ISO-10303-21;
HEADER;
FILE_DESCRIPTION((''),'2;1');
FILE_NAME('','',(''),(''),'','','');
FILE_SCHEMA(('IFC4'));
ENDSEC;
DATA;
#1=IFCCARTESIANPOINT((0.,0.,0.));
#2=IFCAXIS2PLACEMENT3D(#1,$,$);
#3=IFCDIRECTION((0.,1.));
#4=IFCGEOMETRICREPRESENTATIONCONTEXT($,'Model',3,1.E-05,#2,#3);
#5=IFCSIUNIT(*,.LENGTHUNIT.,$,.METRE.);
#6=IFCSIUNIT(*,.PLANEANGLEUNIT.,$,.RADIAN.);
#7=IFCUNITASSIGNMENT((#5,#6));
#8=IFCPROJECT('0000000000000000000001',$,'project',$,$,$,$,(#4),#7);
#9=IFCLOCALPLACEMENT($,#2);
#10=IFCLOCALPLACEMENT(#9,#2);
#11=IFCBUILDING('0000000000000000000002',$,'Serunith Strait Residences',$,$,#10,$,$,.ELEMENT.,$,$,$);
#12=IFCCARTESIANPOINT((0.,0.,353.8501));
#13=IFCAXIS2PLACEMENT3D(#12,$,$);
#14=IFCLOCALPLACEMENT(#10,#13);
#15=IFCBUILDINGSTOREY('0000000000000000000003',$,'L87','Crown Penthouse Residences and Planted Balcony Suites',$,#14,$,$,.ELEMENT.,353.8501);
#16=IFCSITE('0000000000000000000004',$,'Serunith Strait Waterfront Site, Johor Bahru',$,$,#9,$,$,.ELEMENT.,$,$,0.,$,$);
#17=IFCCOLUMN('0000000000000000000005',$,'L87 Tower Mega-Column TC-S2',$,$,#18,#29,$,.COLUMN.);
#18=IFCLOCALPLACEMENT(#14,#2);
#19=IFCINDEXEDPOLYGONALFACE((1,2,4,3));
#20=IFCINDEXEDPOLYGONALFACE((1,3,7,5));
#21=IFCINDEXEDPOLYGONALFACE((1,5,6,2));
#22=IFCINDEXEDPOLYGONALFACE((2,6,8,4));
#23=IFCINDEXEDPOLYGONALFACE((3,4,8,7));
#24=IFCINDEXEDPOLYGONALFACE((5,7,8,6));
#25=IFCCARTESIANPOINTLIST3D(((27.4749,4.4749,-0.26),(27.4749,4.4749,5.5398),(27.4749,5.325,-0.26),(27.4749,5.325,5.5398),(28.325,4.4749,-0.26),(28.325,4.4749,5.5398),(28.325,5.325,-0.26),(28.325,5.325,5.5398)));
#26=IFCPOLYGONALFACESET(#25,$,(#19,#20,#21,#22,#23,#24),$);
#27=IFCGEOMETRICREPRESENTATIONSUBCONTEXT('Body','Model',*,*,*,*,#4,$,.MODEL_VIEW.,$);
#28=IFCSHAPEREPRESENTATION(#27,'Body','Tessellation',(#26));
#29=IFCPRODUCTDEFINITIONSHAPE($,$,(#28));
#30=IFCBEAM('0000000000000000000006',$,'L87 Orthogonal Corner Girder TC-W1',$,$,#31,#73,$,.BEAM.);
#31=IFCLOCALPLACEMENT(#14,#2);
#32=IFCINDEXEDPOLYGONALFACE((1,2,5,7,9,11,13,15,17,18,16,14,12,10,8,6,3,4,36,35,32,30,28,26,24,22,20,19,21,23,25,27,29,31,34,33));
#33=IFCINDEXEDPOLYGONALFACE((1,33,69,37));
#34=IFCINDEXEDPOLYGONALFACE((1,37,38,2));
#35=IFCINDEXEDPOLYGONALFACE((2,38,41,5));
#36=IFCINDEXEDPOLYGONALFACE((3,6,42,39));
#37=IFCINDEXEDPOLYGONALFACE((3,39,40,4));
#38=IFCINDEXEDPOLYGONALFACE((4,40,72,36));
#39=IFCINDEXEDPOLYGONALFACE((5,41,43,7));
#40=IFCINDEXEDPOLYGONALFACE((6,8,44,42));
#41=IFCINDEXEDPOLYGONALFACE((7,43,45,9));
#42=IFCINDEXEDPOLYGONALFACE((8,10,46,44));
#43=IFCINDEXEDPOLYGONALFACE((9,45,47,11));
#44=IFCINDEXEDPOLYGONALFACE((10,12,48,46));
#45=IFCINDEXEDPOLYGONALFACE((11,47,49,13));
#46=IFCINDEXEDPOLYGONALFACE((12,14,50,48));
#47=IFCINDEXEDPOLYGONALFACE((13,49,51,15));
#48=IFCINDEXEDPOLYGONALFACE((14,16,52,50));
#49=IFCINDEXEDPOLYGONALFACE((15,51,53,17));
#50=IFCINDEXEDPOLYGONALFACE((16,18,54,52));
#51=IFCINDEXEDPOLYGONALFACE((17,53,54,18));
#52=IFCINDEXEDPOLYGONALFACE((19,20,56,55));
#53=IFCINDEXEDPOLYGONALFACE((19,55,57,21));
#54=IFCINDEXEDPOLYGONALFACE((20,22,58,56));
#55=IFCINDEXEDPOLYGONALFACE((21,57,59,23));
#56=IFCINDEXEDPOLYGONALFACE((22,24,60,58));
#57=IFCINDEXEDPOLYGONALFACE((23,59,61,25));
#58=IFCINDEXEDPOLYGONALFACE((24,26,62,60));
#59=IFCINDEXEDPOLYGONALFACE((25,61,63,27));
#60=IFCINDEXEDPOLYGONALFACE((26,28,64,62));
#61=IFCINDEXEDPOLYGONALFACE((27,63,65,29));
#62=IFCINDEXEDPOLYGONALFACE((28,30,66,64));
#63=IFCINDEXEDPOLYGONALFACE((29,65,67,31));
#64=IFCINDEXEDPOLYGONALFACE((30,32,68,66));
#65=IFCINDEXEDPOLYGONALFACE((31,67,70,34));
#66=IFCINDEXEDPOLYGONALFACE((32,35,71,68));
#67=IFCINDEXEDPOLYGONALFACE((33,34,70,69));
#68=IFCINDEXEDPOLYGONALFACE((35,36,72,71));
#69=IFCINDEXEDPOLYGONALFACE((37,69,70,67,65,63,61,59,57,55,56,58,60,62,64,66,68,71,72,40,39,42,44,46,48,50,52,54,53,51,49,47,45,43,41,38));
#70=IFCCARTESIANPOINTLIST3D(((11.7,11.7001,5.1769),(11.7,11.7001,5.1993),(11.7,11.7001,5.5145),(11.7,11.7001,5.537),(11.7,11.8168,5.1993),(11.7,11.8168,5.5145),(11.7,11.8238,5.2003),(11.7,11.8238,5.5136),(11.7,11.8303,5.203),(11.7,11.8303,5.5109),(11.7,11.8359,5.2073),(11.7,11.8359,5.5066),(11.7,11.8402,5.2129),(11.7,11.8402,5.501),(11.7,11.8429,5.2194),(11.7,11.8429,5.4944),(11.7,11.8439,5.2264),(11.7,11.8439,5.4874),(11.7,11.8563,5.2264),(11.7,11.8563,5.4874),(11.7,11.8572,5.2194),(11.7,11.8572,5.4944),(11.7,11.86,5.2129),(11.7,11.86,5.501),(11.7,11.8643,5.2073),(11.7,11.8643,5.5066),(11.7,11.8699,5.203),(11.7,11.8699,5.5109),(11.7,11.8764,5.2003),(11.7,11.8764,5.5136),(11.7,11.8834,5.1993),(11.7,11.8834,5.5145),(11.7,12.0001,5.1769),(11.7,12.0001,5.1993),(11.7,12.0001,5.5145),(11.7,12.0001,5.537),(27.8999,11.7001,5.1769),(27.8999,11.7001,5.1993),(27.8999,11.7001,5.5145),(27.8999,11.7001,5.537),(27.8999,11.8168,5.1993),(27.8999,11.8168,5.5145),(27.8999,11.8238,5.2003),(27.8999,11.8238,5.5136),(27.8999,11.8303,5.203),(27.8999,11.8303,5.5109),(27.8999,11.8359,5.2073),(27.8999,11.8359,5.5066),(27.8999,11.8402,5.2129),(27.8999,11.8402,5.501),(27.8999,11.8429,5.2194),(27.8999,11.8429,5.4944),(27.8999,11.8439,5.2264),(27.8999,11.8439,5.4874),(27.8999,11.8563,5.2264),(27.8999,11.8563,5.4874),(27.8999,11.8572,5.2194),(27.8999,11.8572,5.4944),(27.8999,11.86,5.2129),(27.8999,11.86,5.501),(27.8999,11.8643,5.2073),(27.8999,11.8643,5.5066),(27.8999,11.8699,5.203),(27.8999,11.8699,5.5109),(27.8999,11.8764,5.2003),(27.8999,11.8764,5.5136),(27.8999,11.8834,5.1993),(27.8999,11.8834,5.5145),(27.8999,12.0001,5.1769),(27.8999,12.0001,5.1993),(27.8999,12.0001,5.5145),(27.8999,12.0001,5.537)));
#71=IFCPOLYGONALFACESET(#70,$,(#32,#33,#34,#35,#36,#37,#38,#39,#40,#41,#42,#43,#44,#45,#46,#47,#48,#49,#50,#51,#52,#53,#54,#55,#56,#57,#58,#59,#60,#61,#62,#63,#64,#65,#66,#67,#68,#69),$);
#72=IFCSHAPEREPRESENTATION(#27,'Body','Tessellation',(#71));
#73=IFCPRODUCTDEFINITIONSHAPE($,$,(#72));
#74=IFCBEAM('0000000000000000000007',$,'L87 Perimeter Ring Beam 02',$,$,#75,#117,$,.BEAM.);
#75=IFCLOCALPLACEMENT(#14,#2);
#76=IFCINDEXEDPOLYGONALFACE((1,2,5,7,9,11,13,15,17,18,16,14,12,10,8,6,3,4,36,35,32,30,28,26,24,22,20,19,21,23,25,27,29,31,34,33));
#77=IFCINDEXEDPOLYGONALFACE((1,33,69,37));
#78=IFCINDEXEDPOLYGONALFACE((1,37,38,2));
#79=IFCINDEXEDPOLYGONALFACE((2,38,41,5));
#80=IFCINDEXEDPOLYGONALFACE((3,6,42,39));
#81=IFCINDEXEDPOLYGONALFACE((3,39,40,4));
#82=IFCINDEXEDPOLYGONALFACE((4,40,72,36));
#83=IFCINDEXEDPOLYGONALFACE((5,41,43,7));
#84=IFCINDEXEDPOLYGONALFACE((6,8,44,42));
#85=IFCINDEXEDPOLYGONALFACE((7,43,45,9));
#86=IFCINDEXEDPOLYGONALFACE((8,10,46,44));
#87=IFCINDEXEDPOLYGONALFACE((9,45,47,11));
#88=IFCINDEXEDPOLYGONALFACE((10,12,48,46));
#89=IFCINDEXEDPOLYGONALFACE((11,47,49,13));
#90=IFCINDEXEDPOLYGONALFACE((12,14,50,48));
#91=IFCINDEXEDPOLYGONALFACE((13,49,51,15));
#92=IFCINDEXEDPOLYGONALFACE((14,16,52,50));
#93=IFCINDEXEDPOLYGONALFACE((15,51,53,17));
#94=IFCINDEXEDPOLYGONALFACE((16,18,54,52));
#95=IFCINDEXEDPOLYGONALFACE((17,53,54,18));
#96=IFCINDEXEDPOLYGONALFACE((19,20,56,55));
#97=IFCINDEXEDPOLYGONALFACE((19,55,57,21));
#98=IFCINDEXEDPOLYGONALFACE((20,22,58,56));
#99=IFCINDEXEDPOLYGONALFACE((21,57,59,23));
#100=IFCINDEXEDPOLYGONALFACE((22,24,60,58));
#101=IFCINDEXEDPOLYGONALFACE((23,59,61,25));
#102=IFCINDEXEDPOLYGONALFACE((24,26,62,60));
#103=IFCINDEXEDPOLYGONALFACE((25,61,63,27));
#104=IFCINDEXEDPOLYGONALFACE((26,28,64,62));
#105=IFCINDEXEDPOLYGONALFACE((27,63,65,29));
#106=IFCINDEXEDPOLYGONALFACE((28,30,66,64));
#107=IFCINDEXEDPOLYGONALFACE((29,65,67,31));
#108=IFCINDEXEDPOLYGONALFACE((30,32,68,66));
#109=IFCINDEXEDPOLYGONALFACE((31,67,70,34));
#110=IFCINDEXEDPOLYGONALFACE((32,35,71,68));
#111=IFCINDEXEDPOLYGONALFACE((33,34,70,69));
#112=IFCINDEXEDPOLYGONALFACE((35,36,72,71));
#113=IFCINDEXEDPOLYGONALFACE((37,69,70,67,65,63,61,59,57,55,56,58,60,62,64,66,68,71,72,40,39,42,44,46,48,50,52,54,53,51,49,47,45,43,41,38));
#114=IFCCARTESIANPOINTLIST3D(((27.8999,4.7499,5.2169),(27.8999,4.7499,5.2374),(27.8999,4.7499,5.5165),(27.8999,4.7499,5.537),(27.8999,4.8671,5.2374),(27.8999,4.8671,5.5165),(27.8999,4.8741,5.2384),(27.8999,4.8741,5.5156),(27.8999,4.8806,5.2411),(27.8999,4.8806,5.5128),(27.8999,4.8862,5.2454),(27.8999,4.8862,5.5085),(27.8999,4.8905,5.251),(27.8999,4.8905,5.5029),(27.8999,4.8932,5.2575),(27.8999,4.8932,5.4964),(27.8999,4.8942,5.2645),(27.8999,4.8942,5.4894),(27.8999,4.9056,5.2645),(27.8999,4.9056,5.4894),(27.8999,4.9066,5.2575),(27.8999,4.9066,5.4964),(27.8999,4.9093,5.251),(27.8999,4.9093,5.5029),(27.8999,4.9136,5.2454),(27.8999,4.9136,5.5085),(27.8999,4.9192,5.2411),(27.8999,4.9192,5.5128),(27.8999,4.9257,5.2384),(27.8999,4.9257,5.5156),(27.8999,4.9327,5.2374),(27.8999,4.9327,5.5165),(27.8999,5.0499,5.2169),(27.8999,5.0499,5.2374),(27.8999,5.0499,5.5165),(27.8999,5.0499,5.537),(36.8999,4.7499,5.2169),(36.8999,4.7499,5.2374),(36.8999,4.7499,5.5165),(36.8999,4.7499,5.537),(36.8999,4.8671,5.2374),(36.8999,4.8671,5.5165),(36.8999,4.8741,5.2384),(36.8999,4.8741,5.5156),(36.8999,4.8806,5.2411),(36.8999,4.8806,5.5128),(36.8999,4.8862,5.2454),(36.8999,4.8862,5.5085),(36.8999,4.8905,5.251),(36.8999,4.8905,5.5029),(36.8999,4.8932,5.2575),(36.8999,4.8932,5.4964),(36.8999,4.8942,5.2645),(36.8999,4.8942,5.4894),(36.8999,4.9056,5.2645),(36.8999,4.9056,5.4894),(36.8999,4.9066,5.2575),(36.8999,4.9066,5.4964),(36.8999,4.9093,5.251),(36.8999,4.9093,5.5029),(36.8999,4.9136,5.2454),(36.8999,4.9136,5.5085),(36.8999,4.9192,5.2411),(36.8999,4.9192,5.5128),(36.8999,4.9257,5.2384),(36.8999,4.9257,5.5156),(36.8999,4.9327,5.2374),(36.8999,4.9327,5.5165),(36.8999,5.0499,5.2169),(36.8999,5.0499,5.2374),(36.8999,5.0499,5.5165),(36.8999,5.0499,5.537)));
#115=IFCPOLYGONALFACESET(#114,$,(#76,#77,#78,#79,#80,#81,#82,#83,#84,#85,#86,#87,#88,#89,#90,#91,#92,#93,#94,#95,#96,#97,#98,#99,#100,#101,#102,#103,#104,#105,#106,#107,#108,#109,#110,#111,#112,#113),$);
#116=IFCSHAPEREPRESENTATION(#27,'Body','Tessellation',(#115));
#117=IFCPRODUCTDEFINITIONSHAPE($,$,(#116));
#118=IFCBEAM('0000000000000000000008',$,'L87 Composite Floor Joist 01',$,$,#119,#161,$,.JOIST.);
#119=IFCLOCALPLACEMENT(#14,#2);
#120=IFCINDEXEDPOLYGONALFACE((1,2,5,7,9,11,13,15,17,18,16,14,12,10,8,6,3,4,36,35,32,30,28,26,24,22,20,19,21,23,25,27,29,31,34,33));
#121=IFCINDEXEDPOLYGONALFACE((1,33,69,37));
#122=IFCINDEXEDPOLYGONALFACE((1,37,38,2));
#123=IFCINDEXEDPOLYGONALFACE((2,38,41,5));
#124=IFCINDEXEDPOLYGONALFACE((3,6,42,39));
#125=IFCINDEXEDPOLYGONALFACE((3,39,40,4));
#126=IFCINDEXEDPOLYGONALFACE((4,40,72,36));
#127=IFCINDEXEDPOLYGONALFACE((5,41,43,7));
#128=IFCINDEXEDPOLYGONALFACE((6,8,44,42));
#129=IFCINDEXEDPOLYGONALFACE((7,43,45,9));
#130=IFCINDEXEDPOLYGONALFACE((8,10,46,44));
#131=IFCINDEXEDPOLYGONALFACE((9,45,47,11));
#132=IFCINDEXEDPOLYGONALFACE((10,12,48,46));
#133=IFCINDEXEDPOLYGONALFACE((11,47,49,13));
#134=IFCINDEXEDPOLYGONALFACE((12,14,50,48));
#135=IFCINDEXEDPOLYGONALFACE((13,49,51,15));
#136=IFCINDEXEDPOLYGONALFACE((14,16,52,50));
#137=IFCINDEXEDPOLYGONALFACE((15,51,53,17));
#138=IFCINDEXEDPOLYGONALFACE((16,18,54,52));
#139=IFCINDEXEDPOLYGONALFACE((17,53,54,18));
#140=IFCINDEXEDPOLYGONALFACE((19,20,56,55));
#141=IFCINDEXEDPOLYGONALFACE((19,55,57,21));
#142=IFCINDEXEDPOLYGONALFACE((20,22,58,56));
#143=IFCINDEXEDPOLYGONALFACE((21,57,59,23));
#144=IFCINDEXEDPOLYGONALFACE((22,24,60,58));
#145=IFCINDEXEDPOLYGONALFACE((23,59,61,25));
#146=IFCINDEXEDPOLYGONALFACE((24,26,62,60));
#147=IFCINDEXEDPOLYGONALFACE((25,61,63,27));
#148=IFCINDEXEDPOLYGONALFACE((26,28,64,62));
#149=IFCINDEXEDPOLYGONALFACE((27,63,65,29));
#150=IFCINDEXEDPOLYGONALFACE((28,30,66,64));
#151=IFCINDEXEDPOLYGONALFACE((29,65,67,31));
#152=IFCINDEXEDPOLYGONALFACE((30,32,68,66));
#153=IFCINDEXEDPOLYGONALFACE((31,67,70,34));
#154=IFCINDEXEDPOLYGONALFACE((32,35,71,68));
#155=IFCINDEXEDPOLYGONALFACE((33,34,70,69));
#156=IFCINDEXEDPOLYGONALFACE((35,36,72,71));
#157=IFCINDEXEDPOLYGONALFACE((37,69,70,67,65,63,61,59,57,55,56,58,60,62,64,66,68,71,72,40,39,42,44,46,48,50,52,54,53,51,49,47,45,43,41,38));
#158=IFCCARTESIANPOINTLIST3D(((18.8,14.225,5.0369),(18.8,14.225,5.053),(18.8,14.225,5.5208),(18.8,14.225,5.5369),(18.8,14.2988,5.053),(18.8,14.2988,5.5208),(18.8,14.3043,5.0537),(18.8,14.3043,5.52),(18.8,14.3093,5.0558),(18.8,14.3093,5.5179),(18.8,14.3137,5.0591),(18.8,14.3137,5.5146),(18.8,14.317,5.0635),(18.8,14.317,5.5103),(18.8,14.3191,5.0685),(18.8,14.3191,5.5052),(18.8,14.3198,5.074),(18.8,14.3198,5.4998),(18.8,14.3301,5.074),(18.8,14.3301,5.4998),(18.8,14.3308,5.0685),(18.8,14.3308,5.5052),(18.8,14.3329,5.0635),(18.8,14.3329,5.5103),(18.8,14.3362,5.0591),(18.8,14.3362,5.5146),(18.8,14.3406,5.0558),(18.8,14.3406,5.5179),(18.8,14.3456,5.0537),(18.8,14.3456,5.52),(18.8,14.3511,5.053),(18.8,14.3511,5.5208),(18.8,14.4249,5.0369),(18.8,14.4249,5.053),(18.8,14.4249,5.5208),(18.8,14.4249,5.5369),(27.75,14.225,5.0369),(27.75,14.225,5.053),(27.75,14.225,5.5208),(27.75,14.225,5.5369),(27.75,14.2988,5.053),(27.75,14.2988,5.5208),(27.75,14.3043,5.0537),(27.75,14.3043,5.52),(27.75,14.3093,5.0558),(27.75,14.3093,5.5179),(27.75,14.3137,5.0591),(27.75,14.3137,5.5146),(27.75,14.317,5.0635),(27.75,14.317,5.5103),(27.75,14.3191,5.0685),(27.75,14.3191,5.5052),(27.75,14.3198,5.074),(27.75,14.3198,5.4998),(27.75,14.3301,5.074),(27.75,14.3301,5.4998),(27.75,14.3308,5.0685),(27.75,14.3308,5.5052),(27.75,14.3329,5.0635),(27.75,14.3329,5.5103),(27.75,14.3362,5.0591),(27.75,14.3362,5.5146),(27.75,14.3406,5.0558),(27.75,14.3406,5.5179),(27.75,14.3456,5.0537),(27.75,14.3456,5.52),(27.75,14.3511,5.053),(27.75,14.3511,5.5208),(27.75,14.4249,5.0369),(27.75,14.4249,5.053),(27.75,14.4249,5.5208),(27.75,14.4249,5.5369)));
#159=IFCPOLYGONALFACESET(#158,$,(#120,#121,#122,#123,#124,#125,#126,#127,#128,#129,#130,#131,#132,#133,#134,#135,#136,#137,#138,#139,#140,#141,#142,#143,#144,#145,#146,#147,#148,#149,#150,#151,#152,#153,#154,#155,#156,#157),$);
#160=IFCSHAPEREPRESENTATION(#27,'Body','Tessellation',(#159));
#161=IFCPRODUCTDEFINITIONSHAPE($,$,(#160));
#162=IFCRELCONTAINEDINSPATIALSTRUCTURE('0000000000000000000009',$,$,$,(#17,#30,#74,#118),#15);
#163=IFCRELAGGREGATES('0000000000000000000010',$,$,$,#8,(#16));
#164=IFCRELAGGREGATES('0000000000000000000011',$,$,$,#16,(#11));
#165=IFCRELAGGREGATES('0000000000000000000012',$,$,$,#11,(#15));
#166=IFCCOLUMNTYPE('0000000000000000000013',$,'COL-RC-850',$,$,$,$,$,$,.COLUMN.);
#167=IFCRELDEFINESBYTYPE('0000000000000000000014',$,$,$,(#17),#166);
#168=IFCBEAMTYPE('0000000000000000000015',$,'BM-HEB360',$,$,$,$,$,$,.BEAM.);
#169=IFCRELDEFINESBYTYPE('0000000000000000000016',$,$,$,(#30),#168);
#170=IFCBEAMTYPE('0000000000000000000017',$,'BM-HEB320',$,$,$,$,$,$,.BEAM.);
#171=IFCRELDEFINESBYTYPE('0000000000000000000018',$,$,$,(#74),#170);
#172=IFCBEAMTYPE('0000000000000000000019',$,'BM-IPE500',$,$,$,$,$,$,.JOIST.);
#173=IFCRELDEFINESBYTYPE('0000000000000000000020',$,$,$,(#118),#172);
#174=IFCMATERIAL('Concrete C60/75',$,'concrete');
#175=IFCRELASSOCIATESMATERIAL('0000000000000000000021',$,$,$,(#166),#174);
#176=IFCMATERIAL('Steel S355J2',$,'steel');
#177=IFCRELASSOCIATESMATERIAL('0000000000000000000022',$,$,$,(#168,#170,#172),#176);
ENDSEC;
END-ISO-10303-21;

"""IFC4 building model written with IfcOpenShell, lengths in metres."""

from ifc_helpers import new_model, si_unit, direction, frame, origin, origin_2d, place, context, subcontext, project, spatial, rectangle, i_section, extrude, source, transform, mapped, material, material_profile, profile_set, type_object, element, save


model = new_model("IFC4")

# Units and contexts
model_context = context("Model", 3, precision=1e-05, world=origin(), true_north=direction((0.0, 1.0)))
body_context = subcontext(model_context, "Body", "Model", "MODEL_VIEW")
ifc_project = project(units=[si_unit("LENGTHUNIT", "METRE"), si_unit("PLANEANGLEUNIT", "RADIAN")], contexts=[model_context])

# Site, building, storey
site_placement = place(None, origin())
site = spatial("IfcSite", under=ifc_project, at=site_placement, Name="Serunith Strait Waterfront Site, Johor Bahru", CompositionType="ELEMENT", RefElevation=0.0)
building_placement = place(site_placement, origin())
building = spatial("IfcBuilding", under=site, at=building_placement, Name="Serunith Strait Residences", CompositionType="ELEMENT")
storey_placement = place(building_placement, frame((0.0, 0.0, 353.8501)))
storey = spatial("IfcBuildingStorey", under=building, at=storey_placement, Name="L87", Description="Crown Penthouse Residences and Planted Balcony Suites", CompositionType="ELEMENT", Elevation=353.8501)

# Column
ifc_material_1 = material(Name="Concrete C60/75", Category="concrete")
ifc_material_profile_1 = material_profile(ifc_material_1, rectangle(XDim=0.8501, YDim=0.8501, at=origin_2d()), Name="RC 850x850")
ifc_profile_set_1 = profile_set([ifc_material_profile_1], Name="Concrete C60/75")
column_type = type_object("IfcColumnType", Name="COL-RC-850", PredefinedType="COLUMN", material=ifc_profile_set_1)
shared_shape_1 = source(origin(), body_context, "Body", "SweptSolid", [
    extrude(rectangle(XDim=0.8501, YDim=0.8501, at=origin_2d()), origin(), (0.0, 0.0, 1.0), 5.7998),
])
column_placement = place(storey_placement, frame((27.8999, 4.8999, -0.26), z_axis=(0.0, 0.0, 1.0), x_axis=(1.0, 0.0, 0.0)))
element("IfcColumn", 1, at=column_placement, inside=storey, type_object=column_type, Name="L87 Tower Mega-Column TC-S2", PredefinedType="COLUMN", context=body_context, shape_type="MappedRepresentation", body=[
    mapped(shared_shape_1, transform((0.0, 0.0, 0.0), scale=1.0)),
])

# Beams
ifc_material_2 = material(Name="Steel S355J2", Category="steel")
ifc_material_profile_2 = material_profile(ifc_material_2, i_section(OverallWidth=0.3, OverallDepth=0.3601, WebThickness=0.0125, FlangeThickness=0.0225, FilletRadius=0.0271, at=origin_2d()), Name="HEB 360")
ifc_profile_set_2 = profile_set([ifc_material_profile_2], Name="Steel S355J2")
beam_type_1 = type_object("IfcBeamType", Name="BM-HEB360", PredefinedType="BEAM", material=ifc_profile_set_2)
shared_shape_2 = source(origin(), body_context, "Body", "SweptSolid", [
    extrude(i_section(OverallWidth=0.3, OverallDepth=0.3601, WebThickness=0.0125, FlangeThickness=0.0225, FilletRadius=0.0271, at=origin_2d()), origin(), (0.0, 0.0, 1.0), 16.2),
])
beam_1_placement = place(storey_placement, frame((27.8999, 11.8501, 5.3569), z_axis=(-1.0, 0.0, 0.0), x_axis=(0.0, -1.0, 0.0)))
element("IfcBeam", 2, at=beam_1_placement, inside=storey, type_object=beam_type_1, Name="L87 Orthogonal Corner Girder TC-W1", PredefinedType="BEAM", context=body_context, shape_type="MappedRepresentation", body=[
    mapped(shared_shape_2, transform((0.0, 0.0, 0.0), scale=1.0)),
])
ifc_material_profile_3 = material_profile(ifc_material_2, i_section(OverallWidth=0.3, OverallDepth=0.3201, WebThickness=0.0115, FlangeThickness=0.0205, FilletRadius=0.0271, at=origin_2d()), Name="HEB 320")
ifc_profile_set_3 = profile_set([ifc_material_profile_3], Name="Steel S355J2")
beam_type_2 = type_object("IfcBeamType", Name="BM-HEB320", PredefinedType="BEAM", material=ifc_profile_set_3)
shared_shape_3 = source(origin(), body_context, "Body", "SweptSolid", [
    extrude(i_section(OverallWidth=0.3, OverallDepth=0.3201, WebThickness=0.0115, FlangeThickness=0.0205, FilletRadius=0.0271, at=origin_2d()), origin(), (0.0, 0.0, 1.0), 9.0),
])
beam_2_placement = place(storey_placement, frame((27.8999, 4.8999, 5.377), z_axis=(1.0, 0.0, 0.0), x_axis=(0.0, 1.0, 0.0)))
element("IfcBeam", 3, at=beam_2_placement, inside=storey, type_object=beam_type_2, Name="L87 Perimeter Ring Beam 02", PredefinedType="BEAM", context=body_context, shape_type="MappedRepresentation", body=[
    mapped(shared_shape_3, transform((0.0, 0.0, 0.0), scale=1.0)),
])
ifc_material_profile_4 = material_profile(ifc_material_2, i_section(OverallWidth=0.2, OverallDepth=0.5, WebThickness=0.0103, FlangeThickness=0.0161, FilletRadius=0.021, at=origin_2d()), Name="IPE 500")
ifc_profile_set_4 = profile_set([ifc_material_profile_4], Name="Steel S355J2")
beam_type_3 = type_object("IfcBeamType", Name="BM-IPE500", PredefinedType="JOIST", material=ifc_profile_set_4)
shared_shape_4 = source(origin(), body_context, "Body", "SweptSolid", [
    extrude(i_section(OverallWidth=0.2, OverallDepth=0.5, WebThickness=0.0103, FlangeThickness=0.0161, FilletRadius=0.021, at=origin_2d()), origin(), (0.0, 0.0, 1.0), 8.95),
])
beam_3_placement = place(storey_placement, frame((18.8, 14.325, 5.2869), z_axis=(1.0, 0.0, 0.0), x_axis=(0.0, 1.0, 0.0)))
element("IfcBeam", 4, at=beam_3_placement, inside=storey, type_object=beam_type_3, Name="L87 Composite Floor Joist 01", PredefinedType="JOIST", context=body_context, shape_type="MappedRepresentation", body=[
    mapped(shared_shape_4, transform((0.0, 0.0, 0.0), scale=1.0)),
])

save(model, "model.ifc")
